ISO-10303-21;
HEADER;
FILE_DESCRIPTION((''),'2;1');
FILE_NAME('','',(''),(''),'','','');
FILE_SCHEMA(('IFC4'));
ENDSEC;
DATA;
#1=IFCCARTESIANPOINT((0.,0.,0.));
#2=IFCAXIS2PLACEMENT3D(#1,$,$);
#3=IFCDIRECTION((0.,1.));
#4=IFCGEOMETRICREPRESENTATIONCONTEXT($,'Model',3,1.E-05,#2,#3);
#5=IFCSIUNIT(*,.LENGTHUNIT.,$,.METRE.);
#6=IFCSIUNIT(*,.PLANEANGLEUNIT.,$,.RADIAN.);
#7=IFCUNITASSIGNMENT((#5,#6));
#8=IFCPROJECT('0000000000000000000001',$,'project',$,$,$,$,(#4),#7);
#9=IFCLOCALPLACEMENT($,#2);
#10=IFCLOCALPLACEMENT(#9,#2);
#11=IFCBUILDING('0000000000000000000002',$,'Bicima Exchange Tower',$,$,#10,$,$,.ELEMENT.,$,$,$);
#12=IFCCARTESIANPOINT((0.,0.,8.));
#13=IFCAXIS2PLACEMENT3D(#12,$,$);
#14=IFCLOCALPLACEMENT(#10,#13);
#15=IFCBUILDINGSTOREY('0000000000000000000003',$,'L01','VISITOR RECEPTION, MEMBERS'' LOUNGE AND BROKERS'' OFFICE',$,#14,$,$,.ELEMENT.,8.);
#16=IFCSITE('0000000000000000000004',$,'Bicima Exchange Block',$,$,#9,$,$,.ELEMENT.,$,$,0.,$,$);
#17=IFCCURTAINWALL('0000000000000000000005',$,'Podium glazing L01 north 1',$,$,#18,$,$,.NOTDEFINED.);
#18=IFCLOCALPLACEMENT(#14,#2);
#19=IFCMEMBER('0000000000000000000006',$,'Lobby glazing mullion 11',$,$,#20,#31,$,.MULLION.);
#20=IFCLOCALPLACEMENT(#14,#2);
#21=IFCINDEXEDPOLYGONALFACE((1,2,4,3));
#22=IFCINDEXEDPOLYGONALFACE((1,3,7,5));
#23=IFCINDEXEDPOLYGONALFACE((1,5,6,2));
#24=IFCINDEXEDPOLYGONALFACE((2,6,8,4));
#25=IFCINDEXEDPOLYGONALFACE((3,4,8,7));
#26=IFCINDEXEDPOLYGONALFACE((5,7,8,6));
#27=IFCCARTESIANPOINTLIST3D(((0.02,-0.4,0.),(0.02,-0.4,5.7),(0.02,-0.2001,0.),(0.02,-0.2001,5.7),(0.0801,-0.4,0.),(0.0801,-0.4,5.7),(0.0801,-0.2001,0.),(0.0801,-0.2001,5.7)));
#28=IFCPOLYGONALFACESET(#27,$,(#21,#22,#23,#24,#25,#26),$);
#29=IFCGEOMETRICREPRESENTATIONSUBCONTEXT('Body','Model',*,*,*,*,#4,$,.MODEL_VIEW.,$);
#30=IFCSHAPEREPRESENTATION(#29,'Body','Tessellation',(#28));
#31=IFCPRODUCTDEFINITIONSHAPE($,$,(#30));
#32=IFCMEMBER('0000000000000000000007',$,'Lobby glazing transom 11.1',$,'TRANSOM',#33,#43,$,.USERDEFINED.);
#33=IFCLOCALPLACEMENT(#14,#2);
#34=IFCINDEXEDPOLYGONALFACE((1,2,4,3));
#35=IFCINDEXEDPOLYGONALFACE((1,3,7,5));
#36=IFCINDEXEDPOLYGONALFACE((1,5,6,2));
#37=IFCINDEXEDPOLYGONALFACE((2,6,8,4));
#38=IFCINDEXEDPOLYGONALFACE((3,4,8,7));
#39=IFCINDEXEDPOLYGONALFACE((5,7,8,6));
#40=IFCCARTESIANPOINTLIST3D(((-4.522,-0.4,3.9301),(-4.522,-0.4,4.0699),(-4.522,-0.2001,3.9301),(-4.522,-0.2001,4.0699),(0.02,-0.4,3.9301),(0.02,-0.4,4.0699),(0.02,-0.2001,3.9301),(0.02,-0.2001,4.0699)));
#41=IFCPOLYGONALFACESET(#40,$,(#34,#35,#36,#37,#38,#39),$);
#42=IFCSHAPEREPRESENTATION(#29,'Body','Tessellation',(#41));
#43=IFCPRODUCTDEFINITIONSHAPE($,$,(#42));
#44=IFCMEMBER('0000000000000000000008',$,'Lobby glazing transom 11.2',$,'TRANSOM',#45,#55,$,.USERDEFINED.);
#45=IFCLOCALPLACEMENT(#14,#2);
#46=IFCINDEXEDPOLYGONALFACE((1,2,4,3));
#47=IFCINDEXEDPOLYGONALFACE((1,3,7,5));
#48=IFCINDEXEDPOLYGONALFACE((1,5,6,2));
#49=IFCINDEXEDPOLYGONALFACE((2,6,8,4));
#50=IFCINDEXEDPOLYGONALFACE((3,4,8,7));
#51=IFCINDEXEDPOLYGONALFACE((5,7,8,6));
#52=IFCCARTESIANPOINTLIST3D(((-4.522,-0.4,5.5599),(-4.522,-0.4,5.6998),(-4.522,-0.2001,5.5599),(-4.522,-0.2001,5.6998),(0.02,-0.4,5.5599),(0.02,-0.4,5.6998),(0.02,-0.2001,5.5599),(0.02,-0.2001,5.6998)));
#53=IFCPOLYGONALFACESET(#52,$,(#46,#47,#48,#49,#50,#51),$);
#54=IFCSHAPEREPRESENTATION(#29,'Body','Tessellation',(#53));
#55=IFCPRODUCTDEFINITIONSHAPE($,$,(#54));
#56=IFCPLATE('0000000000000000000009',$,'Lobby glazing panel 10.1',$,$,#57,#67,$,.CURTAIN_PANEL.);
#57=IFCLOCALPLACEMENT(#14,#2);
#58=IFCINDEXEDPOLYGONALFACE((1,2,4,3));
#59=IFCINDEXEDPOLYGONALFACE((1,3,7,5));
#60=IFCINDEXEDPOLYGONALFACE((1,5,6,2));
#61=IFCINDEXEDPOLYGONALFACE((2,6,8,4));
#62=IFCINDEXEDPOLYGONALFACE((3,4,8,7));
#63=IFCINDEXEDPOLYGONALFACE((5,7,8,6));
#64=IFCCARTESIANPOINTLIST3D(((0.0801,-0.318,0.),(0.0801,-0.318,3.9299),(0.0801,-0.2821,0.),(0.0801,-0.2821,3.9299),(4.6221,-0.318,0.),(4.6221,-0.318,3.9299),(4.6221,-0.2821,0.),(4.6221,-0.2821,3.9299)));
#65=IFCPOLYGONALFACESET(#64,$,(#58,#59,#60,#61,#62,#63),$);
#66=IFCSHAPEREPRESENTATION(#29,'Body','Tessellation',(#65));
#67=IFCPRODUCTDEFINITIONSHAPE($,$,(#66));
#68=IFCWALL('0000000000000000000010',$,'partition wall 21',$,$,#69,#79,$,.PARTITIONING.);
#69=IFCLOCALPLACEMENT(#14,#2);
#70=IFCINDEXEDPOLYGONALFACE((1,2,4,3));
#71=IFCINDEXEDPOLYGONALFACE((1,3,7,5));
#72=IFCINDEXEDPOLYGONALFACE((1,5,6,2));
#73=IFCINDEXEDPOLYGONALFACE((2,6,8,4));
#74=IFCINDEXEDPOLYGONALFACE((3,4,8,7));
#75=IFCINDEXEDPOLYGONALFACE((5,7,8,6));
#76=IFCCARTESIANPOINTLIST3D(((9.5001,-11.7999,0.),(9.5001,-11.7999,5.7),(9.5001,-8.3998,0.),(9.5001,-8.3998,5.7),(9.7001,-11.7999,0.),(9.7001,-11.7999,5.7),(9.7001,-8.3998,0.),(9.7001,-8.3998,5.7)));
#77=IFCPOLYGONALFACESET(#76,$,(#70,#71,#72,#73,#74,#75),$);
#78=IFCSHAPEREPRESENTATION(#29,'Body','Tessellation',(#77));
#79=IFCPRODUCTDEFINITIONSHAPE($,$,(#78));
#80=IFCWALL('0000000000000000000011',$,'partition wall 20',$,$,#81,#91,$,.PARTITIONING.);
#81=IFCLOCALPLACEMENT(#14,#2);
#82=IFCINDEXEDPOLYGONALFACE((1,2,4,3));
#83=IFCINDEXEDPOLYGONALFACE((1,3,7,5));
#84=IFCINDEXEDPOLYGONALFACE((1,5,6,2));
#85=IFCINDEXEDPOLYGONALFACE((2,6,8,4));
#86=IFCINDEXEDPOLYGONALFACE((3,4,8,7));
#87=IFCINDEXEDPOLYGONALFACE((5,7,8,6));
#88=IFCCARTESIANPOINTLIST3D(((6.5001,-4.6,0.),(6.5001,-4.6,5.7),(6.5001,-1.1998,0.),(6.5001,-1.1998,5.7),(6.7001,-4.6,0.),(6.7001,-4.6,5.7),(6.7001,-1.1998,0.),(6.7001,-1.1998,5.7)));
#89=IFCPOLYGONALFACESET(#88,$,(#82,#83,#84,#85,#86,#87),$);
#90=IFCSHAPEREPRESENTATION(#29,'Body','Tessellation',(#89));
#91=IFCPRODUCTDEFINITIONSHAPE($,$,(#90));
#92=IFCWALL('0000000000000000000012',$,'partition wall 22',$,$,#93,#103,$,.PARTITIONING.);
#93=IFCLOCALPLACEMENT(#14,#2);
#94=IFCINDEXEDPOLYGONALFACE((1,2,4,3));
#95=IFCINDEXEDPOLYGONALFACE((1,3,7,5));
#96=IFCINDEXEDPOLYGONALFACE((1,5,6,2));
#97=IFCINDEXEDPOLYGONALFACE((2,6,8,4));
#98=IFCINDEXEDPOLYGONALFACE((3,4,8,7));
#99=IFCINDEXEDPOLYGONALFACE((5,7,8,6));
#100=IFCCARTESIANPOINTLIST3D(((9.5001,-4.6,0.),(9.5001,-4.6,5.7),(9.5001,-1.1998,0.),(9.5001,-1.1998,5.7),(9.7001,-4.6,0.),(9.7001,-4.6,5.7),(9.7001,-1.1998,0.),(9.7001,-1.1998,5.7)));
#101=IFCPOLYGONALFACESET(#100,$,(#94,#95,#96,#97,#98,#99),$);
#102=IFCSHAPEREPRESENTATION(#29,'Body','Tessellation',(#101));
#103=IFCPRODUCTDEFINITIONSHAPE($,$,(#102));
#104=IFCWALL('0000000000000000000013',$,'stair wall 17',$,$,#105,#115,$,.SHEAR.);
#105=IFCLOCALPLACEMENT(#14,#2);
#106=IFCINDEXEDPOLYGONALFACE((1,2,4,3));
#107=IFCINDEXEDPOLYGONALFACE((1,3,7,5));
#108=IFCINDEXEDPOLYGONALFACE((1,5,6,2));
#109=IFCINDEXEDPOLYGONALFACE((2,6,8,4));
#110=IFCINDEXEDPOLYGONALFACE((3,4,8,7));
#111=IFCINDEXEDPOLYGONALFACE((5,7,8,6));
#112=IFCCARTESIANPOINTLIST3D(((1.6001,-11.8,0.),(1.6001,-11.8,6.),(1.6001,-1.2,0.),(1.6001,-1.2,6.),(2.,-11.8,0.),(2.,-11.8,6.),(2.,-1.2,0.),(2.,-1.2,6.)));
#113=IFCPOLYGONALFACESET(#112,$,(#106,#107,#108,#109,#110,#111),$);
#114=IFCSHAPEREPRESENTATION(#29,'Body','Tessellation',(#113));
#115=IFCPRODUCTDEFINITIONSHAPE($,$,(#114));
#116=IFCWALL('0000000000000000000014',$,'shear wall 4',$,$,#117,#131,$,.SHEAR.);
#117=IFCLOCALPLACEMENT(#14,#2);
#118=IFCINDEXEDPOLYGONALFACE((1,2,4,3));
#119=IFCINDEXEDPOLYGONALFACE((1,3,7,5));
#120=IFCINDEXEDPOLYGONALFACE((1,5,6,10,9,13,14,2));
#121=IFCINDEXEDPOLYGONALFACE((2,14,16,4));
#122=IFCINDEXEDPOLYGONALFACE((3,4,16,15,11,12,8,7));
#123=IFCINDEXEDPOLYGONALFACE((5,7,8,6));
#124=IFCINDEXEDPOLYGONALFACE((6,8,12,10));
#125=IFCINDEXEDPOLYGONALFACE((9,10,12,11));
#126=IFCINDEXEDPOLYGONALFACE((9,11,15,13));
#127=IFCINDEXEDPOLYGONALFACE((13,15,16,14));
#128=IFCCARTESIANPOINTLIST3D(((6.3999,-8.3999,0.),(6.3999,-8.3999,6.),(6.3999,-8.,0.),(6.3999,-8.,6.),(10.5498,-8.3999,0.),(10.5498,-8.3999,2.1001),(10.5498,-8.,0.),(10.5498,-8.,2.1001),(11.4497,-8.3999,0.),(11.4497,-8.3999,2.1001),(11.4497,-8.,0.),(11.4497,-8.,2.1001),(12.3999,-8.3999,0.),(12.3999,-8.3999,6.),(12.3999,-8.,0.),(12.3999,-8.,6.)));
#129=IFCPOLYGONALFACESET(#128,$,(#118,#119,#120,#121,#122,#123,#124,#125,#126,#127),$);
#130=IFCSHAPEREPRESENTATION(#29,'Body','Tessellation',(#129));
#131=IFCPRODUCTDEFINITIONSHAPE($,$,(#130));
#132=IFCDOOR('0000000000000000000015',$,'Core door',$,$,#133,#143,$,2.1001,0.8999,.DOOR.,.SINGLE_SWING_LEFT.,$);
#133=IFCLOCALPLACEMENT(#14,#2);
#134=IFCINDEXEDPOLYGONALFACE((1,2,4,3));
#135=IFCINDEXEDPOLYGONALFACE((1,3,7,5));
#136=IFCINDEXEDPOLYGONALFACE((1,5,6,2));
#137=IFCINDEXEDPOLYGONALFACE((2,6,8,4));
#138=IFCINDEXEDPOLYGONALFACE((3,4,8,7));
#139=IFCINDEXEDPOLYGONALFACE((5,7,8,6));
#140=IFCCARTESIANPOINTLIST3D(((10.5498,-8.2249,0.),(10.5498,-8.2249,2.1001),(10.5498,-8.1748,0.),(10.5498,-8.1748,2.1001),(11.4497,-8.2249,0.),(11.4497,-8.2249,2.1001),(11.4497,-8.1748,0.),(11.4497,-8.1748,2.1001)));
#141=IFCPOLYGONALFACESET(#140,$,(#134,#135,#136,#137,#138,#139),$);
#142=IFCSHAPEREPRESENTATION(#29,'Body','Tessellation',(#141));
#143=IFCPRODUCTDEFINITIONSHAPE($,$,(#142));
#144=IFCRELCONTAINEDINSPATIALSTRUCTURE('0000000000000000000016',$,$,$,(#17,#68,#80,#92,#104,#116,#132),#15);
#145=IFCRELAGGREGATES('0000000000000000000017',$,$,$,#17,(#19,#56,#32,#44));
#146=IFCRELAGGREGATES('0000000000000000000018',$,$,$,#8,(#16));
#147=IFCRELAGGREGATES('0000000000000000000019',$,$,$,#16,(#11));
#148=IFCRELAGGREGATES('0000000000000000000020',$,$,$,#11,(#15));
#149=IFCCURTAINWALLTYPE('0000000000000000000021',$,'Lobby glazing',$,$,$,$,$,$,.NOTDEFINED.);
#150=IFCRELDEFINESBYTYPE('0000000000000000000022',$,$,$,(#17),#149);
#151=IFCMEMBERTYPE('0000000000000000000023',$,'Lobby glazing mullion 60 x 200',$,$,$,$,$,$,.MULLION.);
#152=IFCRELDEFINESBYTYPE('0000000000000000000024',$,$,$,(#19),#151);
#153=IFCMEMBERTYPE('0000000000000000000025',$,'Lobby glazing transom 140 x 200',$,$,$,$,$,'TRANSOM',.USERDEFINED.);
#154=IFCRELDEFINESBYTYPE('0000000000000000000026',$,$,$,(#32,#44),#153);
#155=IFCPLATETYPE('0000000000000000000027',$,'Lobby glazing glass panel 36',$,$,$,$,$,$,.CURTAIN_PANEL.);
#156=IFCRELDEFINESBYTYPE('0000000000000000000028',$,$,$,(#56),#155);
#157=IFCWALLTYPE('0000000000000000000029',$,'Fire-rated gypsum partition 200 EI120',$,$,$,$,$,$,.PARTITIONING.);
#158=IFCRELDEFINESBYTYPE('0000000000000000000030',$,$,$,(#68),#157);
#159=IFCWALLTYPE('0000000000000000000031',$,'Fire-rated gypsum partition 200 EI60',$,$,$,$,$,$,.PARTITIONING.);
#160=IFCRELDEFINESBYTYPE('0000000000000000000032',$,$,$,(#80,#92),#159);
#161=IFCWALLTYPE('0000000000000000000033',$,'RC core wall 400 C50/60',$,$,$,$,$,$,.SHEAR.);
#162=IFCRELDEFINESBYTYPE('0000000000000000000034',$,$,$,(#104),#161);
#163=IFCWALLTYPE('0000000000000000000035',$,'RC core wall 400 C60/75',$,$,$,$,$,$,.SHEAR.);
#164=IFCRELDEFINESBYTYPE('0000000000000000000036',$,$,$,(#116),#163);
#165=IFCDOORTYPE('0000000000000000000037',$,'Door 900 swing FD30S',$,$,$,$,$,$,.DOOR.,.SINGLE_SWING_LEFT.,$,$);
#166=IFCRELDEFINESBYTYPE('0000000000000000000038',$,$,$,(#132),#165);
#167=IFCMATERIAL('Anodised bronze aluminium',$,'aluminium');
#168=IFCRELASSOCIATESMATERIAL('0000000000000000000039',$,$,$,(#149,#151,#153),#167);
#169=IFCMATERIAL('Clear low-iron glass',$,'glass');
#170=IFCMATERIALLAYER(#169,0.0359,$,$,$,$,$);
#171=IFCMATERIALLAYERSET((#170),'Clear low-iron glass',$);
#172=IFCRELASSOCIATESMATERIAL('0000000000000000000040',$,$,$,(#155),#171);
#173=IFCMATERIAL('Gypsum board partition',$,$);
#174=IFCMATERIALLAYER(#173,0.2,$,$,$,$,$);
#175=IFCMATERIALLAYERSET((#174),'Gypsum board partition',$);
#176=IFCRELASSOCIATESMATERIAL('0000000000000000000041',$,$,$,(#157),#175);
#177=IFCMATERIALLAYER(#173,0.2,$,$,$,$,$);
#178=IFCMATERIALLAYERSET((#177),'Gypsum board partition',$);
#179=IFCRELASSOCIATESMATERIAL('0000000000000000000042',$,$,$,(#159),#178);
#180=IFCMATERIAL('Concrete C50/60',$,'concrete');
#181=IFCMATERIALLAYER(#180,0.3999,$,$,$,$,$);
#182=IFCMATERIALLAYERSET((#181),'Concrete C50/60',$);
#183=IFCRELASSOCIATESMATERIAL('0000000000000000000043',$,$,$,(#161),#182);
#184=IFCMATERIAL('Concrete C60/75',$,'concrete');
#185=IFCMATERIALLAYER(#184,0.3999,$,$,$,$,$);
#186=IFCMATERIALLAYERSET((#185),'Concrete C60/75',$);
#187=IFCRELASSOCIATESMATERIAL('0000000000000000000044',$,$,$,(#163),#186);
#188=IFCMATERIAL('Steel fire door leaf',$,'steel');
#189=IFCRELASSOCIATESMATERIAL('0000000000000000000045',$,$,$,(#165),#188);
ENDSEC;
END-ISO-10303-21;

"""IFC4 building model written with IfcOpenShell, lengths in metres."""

from ifc_helpers import new_model, si_unit, direction, frame, frame_2d, origin, origin_2d, place, context, subcontext, project, spatial, rectangle, extrude, material, layer, layer_set, material_profile, profile_set, type_object, element, fill, aggregate, save


model = new_model("IFC4")

# Units and contexts
model_context = context("Model", 3, precision=1e-05, world=origin(), true_north=direction((0.0, 1.0)))
body_context = subcontext(model_context, "Body", "Model", "MODEL_VIEW")
ifc_project = project(units=[si_unit("LENGTHUNIT", "METRE"), si_unit("PLANEANGLEUNIT", "RADIAN")], contexts=[model_context])

# Site, building, storey
site_placement = place(None, origin())
site = spatial("IfcSite", under=ifc_project, at=site_placement, Name="Bicima Exchange Block", CompositionType="ELEMENT", RefElevation=0.0)
building_placement = place(site_placement, origin())
building = spatial("IfcBuilding", under=site, at=building_placement, Name="Bicima Exchange Tower", CompositionType="ELEMENT")
storey_placement = place(building_placement, frame((0.0, 0.0, 8.0)))
storey = spatial("IfcBuildingStorey", under=building, at=storey_placement, Name="L01", Description="VISITOR RECEPTION, MEMBERS' LOUNGE AND BROKERS' OFFICE", CompositionType="ELEMENT", Elevation=8.0)

# Curtain wall, members, plate
ifc_material_1 = material(Name="Anodised bronze aluminium", Category="aluminium")
curtain_wall_type = type_object("IfcCurtainWallType", Name="Lobby glazing", PredefinedType="NOTDEFINED", material=ifc_material_1)
curtain_wall_placement = place(storey_placement, origin())
curtain_wall = element("IfcCurtainWall", 1, at=curtain_wall_placement, inside=storey, type_object=curtain_wall_type, Name="Podium glazing L01 north 1", PredefinedType="NOTDEFINED")
ifc_material_profile_1 = material_profile(ifc_material_1, rectangle(XDim=0.2, YDim=0.0601, at=origin_2d()))
ifc_profile_set_1 = profile_set([ifc_material_profile_1], Name="Anodised bronze aluminium")
member_type_1 = type_object("IfcMemberType", Name="Lobby glazing mullion 60 x 200", PredefinedType="MULLION", material=ifc_profile_set_1)
member_1_placement = place(storey_placement, frame((0.05, -0.3, 0.0), z_axis=(0.0, 0.0, 1.0), x_axis=(0.0, -1.0, 0.0)))
member_1 = element("IfcMember", 2, at=member_1_placement, type_object=member_type_1, Name="Lobby glazing mullion 11", PredefinedType="MULLION", context=body_context, shape_type="SweptSolid", body=[
    extrude(rectangle(XDim=0.2, YDim=0.0601, at=origin_2d()), origin(), (0.0, 0.0, 1.0), 5.7),
])
ifc_material_profile_2 = material_profile(ifc_material_1, rectangle(XDim=0.2, YDim=0.1399, at=origin_2d()))
ifc_profile_set_2 = profile_set([ifc_material_profile_2], Name="Anodised bronze aluminium")
member_type_2 = type_object("IfcMemberType", Name="Lobby glazing transom 140 x 200", ElementType="TRANSOM", PredefinedType="USERDEFINED", material=ifc_profile_set_2)
member_2_placement = place(storey_placement, frame((0.02, -0.3, 4.0), z_axis=(-1.0, 0.0, 0.0), x_axis=(0.0, -1.0, 0.0)))
member_2 = element("IfcMember", 3, at=member_2_placement, type_object=member_type_2, Name="Lobby glazing transom 11.1", ObjectType="TRANSOM", PredefinedType="USERDEFINED", context=body_context, shape_type="SweptSolid", body=[
    extrude(rectangle(XDim=0.2, YDim=0.1399, at=origin_2d()), origin(), (0.0, 0.0, 1.0), 4.542),
])
member_3_placement = place(storey_placement, frame((0.02, -0.3, 5.6299), z_axis=(-1.0, 0.0, 0.0), x_axis=(0.0, -1.0, 0.0)))
member_3 = element("IfcMember", 4, at=member_3_placement, type_object=member_type_2, Name="Lobby glazing transom 11.2", ObjectType="TRANSOM", PredefinedType="USERDEFINED", context=body_context, shape_type="SweptSolid", body=[
    extrude(rectangle(XDim=0.2, YDim=0.1399, at=origin_2d()), origin(), (0.0, 0.0, 1.0), 4.542),
])
ifc_material_2 = material(Name="Clear low-iron glass", Category="glass")
ifc_layer_1 = layer(ifc_material_2, 0.0359)
ifc_layer_set_1 = layer_set([ifc_layer_1], Name="Clear low-iron glass")
plate_type = type_object("IfcPlateType", Name="Lobby glazing glass panel 36", PredefinedType="CURTAIN_PANEL", material=ifc_layer_set_1)
plate_placement = place(storey_placement, frame((2.3511, -0.3, 0.0), z_axis=(0.0, 0.0, 1.0), x_axis=(-1.0, 0.0, 0.0)))
plate = element("IfcPlate", 5, at=plate_placement, type_object=plate_type, Name="Lobby glazing panel 10.1", PredefinedType="CURTAIN_PANEL", context=body_context, shape_type="SweptSolid", body=[
    extrude(rectangle(XDim=4.542, YDim=0.0359, at=origin_2d()), origin(), (0.0, 0.0, 1.0), 3.9299),
])
aggregate(curtain_wall, [member_1, plate, member_2, member_3])

# Walls
ifc_material_3 = material(Name="Gypsum board partition")
ifc_layer_2 = layer(ifc_material_3, 0.2)
ifc_layer_set_2 = layer_set([ifc_layer_2], Name="Gypsum board partition")
wall_type_1 = type_object("IfcWallType", Name="Fire-rated gypsum partition 200 EI120", PredefinedType="PARTITIONING", material=ifc_layer_set_2)
wall_1_placement = place(storey_placement, frame((9.6001, -11.8, 0.0), z_axis=(0.0, 0.0, 1.0), x_axis=(0.0, 1.0, 0.0)))
element("IfcWall", 6, at=wall_1_placement, inside=storey, type_object=wall_type_1, Name="partition wall 21", PredefinedType="PARTITIONING", context=body_context, shape_type="SweptSolid", body=[
    extrude(rectangle(XDim=3.4001, YDim=0.2, at=frame_2d((1.7002, 0.0))), origin(), (0.0, 0.0, 1.0), 5.7),
])
ifc_layer_3 = layer(ifc_material_3, 0.2)
ifc_layer_set_3 = layer_set([ifc_layer_3], Name="Gypsum board partition")
wall_type_2 = type_object("IfcWallType", Name="Fire-rated gypsum partition 200 EI60", PredefinedType="PARTITIONING", material=ifc_layer_set_3)
for number, where, z_axis, x_axis, name in (
    (7, (6.6001, -4.6001, 0.0), (0.0, 0.0, 1.0), (0.0, 1.0, 0.0), "partition wall 20"),
    (8, (9.6001, -4.6001, 0.0), (0.0, 0.0, 1.0), (0.0, 1.0, 0.0), "partition wall 22"),
):
    element("IfcWall", number, at=place(storey_placement, frame(where, z_axis=z_axis, x_axis=x_axis)), inside=storey, type_object=wall_type_2, Name=name, PredefinedType="PARTITIONING", context=body_context, shape_type="SweptSolid", body=[
        extrude(rectangle(XDim=3.4001, YDim=0.2, at=frame_2d((1.7002, 0.0))), origin(), (0.0, 0.0, 1.0), 5.7),
    ])
ifc_material_4 = material(Name="Concrete C50/60", Category="concrete")
ifc_layer_4 = layer(ifc_material_4, 0.3999)
ifc_layer_set_4 = layer_set([ifc_layer_4], Name="Concrete C50/60")
wall_type_3 = type_object("IfcWallType", Name="RC core wall 400 C50/60", PredefinedType="SHEAR", material=ifc_layer_set_4)
wall_2_placement = place(storey_placement, frame((1.8, -11.8, 0.0), z_axis=(0.0, 0.0, 1.0), x_axis=(0.0, 1.0, 0.0)))
element("IfcWall", 9, at=wall_2_placement, inside=storey, type_object=wall_type_3, Name="stair wall 17", PredefinedType="SHEAR", context=body_context, shape_type="SweptSolid", body=[
    extrude(rectangle(XDim=10.6001, YDim=0.3999, at=frame_2d((5.3, 0.0))), origin(), (0.0, 0.0, 1.0), 6.0),
])

# Wall, opening, door
ifc_material_5 = material(Name="Concrete C60/75", Category="concrete")
ifc_layer_5 = layer(ifc_material_5, 0.3999)
ifc_layer_set_5 = layer_set([ifc_layer_5], Name="Concrete C60/75")
wall_type_4 = type_object("IfcWallType", Name="RC core wall 400 C60/75", PredefinedType="SHEAR", material=ifc_layer_set_5)
wall_3_placement = place(storey_placement, frame((6.3999, -8.2, 0.0), z_axis=(0.0, 0.0, 1.0), x_axis=(1.0, 0.0, 0.0)))
wall_3 = element("IfcWall", 10, at=wall_3_placement, inside=storey, type_object=wall_type_4, Name="shear wall 4", PredefinedType="SHEAR", context=body_context, shape_type="SweptSolid", body=[
    extrude(rectangle(XDim=6.0, YDim=0.3999, at=frame_2d((3.0, 0.0))), origin(), (0.0, 0.0, 1.0), 6.0),
])
opening_1_placement = place(wall_3_placement, frame((4.1499, 0.0, 0.0)))
opening_1 = element("IfcOpeningElement", 11, at=opening_1_placement, cuts=wall_3, PredefinedType="OPENING", context=body_context, shape_type="SweptSolid", body=[
    extrude(rectangle(XDim=0.8999, YDim=2.1001, at=frame_2d((0.45, 1.05))), frame((0.0, 0.2119, 0.0), z_axis=(0.0, -1.0, 0.0), x_axis=(1.0, 0.0, 0.0)), (0.0, 0.0, 1.0), 0.4238),
])
ifc_material_6 = material(Name="Steel fire door leaf", Category="steel")
door_type_1 = type_object("IfcDoorType", Name="Door 900 swing FD30S", OperationType="SINGLE_SWING_LEFT", PredefinedType="DOOR", material=ifc_material_6)
door_1_placement = place(opening_1_placement, frame((0.8999, 0.0, 0.0), z_axis=(0.0, 0.0, 1.0), x_axis=(-1.0, 0.0, 0.0)))
door_1 = element("IfcDoor", 12, at=door_1_placement, inside=storey, type_object=door_type_1, Name="Core door", OperationType="SINGLE_SWING_LEFT", OverallHeight=2.1001, OverallWidth=0.8999, PredefinedType="DOOR", context=body_context, shape_type="SweptSolid", body=[
    extrude(rectangle(XDim=0.8999, YDim=2.1001, at=frame_2d((0.45, 1.05))), frame((0.0, 0.0249, 0.0), z_axis=(0.0, -1.0, 0.0), x_axis=(1.0, 0.0, 0.0)), (0.0, 0.0, 1.0), 0.05),
])
fill(opening_1, door_1)

save(model, "model.ifc")
